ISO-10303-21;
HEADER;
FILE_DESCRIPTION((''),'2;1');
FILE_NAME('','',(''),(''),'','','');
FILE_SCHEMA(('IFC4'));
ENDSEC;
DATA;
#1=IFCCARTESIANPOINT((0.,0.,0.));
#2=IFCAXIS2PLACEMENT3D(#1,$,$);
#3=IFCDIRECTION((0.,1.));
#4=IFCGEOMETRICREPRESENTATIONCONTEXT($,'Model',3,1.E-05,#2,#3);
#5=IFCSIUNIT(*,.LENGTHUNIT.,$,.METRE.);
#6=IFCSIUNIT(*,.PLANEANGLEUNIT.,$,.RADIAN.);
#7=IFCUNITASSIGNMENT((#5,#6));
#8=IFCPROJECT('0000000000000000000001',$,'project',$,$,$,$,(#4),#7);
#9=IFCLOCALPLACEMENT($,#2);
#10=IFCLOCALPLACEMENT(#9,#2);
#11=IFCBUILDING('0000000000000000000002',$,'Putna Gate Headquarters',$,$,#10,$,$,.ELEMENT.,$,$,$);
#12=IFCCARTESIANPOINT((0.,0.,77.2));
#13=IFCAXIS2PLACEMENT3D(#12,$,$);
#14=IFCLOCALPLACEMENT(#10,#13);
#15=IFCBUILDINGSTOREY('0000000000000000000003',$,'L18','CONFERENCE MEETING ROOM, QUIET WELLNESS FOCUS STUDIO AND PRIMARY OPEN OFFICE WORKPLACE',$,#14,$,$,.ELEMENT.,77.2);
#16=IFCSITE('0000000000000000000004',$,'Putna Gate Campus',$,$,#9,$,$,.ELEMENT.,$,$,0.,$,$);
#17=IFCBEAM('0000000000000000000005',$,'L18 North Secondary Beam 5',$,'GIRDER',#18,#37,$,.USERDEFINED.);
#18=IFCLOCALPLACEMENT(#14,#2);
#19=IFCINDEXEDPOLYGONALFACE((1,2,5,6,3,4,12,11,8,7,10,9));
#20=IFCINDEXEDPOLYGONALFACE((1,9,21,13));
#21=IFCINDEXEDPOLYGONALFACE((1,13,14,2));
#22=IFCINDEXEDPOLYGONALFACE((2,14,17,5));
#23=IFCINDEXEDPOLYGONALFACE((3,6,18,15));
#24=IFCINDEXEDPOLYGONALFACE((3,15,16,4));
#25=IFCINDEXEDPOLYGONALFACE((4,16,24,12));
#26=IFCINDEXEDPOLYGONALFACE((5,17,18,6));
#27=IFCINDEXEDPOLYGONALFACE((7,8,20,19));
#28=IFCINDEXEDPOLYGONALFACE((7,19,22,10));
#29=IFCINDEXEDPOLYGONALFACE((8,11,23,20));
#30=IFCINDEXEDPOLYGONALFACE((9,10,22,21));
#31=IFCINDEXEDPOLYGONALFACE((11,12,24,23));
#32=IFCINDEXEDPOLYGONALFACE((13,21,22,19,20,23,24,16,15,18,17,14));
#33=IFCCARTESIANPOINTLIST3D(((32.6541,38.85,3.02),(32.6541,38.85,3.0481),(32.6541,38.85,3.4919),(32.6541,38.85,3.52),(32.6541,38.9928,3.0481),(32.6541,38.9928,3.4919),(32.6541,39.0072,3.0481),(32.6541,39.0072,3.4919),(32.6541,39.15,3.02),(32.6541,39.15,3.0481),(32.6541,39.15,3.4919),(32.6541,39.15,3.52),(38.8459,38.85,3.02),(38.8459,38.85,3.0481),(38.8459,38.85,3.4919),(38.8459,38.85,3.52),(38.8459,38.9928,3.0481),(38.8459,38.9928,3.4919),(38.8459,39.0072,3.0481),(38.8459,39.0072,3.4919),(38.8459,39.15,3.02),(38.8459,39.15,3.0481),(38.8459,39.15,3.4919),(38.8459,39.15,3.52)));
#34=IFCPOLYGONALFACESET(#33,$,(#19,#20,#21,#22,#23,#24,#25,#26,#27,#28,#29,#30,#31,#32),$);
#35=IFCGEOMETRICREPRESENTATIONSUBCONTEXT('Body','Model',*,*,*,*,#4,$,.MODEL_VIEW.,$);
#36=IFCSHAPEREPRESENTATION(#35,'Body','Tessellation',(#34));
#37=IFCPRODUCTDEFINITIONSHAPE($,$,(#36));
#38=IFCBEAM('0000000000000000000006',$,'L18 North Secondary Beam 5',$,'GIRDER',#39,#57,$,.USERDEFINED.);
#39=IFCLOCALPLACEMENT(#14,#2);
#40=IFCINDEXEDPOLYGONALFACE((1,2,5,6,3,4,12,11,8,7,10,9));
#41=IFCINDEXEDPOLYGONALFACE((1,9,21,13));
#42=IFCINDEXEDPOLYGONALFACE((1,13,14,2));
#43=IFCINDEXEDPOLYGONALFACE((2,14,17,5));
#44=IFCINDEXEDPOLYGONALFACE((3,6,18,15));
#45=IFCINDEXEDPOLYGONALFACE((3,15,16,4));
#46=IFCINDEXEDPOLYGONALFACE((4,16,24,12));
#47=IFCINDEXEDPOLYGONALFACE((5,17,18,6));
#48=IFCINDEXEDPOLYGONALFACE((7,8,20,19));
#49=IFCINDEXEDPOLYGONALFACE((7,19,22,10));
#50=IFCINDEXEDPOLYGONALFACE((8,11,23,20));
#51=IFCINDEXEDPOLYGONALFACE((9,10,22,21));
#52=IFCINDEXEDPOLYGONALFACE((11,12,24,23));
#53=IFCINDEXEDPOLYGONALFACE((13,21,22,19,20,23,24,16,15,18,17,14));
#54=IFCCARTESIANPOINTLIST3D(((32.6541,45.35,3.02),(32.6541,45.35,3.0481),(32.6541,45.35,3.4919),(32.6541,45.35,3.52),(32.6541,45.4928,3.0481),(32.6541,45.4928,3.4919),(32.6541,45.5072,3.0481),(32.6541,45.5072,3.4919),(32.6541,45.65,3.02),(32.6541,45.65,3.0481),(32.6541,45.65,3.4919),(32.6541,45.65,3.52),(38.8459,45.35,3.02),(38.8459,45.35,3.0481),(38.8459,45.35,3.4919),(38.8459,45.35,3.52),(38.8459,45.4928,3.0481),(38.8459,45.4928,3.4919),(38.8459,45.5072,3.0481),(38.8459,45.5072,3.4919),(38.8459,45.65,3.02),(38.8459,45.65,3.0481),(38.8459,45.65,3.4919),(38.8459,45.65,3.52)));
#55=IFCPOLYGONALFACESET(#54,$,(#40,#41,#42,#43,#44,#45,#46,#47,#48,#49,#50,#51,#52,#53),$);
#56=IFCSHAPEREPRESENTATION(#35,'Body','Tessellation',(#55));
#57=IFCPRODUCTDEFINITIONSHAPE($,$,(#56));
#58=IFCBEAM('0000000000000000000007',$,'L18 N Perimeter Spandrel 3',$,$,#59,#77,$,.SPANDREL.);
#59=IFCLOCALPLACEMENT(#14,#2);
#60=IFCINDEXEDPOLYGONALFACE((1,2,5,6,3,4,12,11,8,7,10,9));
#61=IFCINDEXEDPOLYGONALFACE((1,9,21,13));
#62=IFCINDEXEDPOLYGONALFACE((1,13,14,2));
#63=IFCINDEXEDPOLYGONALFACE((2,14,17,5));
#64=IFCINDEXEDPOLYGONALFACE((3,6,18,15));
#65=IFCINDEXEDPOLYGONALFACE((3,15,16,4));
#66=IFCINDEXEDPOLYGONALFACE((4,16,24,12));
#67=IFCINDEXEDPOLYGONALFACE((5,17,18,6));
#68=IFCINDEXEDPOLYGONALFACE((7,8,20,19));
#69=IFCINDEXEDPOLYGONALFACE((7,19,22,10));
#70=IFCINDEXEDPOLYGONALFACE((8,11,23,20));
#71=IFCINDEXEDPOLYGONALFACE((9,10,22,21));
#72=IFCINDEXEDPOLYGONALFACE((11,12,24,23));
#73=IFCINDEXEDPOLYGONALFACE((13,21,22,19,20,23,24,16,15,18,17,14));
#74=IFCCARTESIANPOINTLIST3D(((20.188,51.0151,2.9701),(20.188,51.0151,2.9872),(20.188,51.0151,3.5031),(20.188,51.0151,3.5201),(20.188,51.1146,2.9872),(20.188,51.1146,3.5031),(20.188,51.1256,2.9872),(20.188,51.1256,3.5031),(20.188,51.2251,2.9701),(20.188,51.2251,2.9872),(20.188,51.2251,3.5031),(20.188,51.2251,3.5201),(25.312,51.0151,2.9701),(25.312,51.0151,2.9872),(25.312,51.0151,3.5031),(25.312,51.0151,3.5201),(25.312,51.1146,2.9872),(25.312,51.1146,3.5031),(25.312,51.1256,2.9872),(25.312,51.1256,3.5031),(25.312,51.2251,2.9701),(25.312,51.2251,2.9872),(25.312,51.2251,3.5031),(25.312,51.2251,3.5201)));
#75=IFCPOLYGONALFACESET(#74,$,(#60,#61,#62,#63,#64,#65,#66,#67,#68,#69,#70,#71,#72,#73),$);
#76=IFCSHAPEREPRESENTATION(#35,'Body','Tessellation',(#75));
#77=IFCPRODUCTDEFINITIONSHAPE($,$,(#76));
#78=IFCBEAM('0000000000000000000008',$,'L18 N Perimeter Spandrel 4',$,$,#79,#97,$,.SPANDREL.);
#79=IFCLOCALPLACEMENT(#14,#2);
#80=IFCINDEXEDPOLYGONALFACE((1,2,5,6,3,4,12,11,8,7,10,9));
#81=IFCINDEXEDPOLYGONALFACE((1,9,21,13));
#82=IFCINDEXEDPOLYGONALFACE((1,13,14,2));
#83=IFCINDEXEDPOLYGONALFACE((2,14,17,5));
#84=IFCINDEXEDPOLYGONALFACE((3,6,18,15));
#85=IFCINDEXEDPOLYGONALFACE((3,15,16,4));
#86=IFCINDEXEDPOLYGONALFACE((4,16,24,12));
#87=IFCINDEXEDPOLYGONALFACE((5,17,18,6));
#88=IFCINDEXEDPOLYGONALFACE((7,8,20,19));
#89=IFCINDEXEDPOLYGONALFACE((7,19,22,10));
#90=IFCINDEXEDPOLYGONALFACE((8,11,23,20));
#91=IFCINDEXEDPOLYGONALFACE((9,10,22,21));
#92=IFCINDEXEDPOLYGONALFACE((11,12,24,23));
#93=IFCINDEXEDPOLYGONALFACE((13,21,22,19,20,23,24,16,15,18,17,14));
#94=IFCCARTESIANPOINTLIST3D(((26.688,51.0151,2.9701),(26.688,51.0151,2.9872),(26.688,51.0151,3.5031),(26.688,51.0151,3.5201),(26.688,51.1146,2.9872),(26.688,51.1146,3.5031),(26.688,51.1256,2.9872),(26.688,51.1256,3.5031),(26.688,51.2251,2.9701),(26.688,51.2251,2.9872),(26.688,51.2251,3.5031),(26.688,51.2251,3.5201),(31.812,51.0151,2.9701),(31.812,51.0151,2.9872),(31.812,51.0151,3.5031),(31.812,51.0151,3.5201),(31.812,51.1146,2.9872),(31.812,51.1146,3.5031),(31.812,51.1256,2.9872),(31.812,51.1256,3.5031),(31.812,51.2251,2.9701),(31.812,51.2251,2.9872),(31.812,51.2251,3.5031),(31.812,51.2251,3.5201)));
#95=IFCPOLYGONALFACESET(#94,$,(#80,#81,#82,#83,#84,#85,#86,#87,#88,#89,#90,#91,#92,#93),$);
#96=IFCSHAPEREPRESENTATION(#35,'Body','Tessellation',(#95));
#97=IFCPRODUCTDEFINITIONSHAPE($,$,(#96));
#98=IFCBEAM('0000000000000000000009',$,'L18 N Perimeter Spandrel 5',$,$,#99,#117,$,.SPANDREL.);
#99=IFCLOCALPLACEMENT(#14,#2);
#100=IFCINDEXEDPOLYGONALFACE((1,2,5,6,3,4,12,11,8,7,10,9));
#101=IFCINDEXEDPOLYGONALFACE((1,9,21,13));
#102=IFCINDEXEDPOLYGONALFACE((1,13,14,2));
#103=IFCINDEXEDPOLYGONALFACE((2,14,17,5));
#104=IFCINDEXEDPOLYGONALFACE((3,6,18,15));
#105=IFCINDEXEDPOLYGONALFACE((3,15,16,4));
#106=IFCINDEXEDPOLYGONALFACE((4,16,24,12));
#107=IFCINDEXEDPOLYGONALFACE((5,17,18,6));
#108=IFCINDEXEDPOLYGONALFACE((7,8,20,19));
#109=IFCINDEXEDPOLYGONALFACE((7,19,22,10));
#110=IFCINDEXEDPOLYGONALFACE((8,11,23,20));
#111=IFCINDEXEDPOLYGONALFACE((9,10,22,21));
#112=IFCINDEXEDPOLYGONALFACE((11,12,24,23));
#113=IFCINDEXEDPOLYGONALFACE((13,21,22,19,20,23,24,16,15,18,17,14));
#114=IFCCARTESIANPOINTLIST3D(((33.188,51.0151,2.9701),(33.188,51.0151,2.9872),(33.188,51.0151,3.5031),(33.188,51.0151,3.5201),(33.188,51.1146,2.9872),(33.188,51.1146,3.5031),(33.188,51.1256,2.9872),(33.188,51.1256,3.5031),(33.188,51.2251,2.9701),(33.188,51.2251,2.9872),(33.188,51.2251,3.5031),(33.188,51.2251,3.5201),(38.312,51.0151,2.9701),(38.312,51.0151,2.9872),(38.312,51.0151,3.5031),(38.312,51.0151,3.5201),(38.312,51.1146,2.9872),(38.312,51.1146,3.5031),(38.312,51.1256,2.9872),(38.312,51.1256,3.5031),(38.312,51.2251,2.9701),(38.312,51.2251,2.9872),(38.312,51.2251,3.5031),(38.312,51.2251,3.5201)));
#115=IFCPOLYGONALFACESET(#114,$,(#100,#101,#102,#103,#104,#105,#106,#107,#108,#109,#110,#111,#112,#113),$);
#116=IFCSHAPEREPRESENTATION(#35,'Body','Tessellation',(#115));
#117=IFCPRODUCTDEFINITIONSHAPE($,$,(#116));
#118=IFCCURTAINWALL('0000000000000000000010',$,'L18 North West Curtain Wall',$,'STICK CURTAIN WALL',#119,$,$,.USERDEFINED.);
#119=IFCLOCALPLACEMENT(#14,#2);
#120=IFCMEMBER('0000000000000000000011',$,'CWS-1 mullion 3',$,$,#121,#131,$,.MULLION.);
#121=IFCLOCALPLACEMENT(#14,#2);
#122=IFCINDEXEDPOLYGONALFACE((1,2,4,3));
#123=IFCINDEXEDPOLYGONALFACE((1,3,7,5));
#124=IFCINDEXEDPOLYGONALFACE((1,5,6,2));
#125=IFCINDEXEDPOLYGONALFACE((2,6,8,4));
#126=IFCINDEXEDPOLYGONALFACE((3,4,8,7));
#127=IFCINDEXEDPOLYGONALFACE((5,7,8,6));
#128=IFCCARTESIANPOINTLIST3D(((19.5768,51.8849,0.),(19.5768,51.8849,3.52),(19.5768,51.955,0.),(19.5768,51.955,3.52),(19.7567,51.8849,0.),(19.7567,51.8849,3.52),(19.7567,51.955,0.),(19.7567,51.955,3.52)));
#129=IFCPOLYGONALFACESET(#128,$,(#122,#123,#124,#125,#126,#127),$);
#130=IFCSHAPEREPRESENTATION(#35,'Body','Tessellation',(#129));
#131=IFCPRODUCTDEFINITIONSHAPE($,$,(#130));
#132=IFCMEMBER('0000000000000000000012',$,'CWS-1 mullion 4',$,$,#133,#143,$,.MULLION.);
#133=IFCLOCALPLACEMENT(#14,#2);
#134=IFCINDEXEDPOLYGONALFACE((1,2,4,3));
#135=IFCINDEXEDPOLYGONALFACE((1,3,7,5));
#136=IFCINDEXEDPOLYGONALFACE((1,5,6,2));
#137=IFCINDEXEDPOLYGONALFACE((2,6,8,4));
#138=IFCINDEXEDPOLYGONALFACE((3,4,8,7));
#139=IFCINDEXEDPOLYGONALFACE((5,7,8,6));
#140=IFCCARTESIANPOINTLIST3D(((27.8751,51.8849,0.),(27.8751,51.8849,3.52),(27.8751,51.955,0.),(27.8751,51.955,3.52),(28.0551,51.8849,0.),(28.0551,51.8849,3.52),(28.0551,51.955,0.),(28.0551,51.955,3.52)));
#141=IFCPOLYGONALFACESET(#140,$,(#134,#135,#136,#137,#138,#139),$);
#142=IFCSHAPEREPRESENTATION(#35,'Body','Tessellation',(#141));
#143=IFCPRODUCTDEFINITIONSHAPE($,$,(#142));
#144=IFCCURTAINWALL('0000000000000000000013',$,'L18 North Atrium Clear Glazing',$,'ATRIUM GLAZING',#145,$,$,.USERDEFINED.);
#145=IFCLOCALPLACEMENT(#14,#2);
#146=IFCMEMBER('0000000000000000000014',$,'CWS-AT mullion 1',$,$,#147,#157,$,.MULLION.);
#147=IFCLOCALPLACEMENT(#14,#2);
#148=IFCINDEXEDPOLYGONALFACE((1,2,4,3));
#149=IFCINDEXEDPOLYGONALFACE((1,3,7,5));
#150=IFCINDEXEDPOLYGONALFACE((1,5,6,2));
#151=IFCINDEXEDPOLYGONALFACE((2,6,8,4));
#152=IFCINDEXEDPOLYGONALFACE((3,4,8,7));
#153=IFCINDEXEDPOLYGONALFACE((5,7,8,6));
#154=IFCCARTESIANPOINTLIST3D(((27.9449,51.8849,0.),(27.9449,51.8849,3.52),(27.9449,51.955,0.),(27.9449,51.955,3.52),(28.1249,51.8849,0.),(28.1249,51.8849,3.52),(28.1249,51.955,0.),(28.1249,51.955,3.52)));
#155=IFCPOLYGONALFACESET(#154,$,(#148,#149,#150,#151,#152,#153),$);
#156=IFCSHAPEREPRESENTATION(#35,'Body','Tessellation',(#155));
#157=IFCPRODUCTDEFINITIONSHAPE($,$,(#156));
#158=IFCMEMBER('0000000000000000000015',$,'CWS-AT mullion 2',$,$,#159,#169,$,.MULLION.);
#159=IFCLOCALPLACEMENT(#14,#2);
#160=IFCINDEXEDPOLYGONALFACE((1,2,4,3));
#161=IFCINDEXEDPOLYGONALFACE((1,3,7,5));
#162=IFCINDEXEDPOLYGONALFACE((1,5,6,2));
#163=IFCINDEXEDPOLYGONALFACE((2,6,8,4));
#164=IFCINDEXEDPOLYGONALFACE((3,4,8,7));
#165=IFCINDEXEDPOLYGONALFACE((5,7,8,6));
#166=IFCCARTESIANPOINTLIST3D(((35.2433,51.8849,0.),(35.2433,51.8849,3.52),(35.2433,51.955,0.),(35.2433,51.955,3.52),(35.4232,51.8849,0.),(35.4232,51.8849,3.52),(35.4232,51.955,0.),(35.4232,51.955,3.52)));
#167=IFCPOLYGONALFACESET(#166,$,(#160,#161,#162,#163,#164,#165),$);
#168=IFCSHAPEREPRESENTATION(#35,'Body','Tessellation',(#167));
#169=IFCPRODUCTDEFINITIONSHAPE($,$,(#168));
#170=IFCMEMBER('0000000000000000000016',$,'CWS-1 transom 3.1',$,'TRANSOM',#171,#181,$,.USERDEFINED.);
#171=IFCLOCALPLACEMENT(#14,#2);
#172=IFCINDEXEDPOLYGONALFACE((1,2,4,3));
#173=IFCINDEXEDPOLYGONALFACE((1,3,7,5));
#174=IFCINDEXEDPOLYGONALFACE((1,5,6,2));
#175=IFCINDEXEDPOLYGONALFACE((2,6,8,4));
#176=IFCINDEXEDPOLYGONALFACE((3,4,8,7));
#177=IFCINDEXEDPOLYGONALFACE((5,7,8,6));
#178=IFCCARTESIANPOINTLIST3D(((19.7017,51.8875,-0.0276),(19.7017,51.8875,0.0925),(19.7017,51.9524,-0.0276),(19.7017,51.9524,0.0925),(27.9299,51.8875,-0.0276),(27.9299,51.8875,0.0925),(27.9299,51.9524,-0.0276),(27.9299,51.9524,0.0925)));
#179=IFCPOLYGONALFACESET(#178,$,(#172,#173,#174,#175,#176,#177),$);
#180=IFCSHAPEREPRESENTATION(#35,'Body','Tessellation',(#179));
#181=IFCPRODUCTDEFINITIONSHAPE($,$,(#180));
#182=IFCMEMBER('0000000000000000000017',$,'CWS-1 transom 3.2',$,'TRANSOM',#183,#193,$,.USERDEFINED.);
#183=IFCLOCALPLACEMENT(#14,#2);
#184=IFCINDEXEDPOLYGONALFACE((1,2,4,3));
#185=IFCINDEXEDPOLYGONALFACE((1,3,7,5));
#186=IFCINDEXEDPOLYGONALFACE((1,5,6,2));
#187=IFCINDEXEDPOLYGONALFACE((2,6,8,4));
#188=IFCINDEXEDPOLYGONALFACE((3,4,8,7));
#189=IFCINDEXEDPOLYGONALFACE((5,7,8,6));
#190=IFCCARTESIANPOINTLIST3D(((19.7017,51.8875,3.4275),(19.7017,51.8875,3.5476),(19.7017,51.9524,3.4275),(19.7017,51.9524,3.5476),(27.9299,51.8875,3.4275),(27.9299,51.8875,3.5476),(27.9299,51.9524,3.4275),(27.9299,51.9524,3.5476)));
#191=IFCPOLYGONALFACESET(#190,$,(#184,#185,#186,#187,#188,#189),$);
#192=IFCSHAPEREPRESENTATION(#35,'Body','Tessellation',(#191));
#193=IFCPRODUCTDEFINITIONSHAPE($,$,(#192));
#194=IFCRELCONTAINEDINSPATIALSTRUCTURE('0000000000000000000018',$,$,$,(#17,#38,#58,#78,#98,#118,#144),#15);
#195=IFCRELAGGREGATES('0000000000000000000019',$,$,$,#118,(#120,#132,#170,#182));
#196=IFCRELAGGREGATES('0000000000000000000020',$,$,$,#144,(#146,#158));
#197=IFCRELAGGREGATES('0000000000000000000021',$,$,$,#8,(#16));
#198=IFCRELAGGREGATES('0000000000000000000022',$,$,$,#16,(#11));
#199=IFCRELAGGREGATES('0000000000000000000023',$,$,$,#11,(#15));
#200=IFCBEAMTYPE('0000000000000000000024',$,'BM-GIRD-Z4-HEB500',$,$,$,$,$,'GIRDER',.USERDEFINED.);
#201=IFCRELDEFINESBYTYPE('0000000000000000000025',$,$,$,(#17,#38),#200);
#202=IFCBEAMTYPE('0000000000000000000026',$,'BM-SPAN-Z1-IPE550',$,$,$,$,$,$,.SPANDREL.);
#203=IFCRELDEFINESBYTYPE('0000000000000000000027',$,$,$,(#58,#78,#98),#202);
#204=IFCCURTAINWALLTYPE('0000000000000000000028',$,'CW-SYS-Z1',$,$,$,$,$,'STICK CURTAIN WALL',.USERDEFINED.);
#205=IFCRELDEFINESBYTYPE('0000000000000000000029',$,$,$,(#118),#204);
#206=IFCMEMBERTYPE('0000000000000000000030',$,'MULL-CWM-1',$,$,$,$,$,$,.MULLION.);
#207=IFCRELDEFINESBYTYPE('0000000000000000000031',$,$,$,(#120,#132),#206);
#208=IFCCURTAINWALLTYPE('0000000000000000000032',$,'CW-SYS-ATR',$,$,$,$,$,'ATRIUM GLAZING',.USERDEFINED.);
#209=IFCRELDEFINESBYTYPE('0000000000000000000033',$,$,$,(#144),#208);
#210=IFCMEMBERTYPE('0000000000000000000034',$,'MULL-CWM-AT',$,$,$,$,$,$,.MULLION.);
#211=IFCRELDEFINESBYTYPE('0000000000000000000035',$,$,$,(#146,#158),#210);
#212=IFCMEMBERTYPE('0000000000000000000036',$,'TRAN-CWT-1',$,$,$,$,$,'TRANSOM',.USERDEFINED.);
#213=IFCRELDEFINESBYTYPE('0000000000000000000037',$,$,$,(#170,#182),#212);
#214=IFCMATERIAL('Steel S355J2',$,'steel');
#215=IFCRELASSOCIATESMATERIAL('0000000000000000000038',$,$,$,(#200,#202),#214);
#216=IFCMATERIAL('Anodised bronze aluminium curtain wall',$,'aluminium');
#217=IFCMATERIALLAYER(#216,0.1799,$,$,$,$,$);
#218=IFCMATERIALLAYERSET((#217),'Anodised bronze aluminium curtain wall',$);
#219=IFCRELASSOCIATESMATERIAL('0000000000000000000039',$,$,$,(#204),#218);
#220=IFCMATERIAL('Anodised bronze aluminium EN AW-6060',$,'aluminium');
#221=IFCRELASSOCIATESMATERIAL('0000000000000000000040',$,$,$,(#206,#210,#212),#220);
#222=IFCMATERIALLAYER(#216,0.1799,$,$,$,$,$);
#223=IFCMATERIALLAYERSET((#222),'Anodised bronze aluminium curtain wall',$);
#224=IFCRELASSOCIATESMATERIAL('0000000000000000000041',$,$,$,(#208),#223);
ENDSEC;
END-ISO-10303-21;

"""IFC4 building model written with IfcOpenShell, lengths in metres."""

from ifc_helpers import new_model, si_unit, direction, frame, origin, origin_2d, place, context, subcontext, project, spatial, rectangle, i_section, extrude, material, layer, layer_set, material_profile, profile_set, type_object, element, aggregate, save


model = new_model("IFC4")

# Units and contexts
model_context = context("Model", 3, precision=1e-05, world=origin(), true_north=direction((0.0, 1.0)))
body_context = subcontext(model_context, "Body", "Model", "MODEL_VIEW")
ifc_project = project(units=[si_unit("LENGTHUNIT", "METRE"), si_unit("PLANEANGLEUNIT", "RADIAN")], contexts=[model_context])

# Site, building, storey
site_placement = place(None, origin())
site = spatial("IfcSite", under=ifc_project, at=site_placement, Name="Putna Gate Campus", CompositionType="ELEMENT", RefElevation=0.0)
building_placement = place(site_placement, origin())
building = spatial("IfcBuilding", under=site, at=building_placement, Name="Putna Gate Headquarters", CompositionType="ELEMENT")
storey_placement = place(building_placement, frame((0.0, 0.0, 77.2)))
storey = spatial("IfcBuildingStorey", under=building, at=storey_placement, Name="L18", Description="CONFERENCE MEETING ROOM, QUIET WELLNESS FOCUS STUDIO AND PRIMARY OPEN OFFICE WORKPLACE", CompositionType="ELEMENT", Elevation=77.2)

# Beams
ifc_material_1 = material(Name="Steel S355J2", Category="steel")
ifc_material_profile_1 = material_profile(ifc_material_1, i_section(OverallWidth=0.3, OverallDepth=0.5, WebThickness=0.0144, FlangeThickness=0.0281, at=origin_2d()), Name="Steel S355J2")
ifc_profile_set_1 = profile_set([ifc_material_profile_1], Name="Steel S355J2")
beam_type_1 = type_object("IfcBeamType", Name="BM-GIRD-Z4-HEB500", ElementType="GIRDER", PredefinedType="USERDEFINED", material=ifc_profile_set_1)
for number, where, z_axis, x_axis, name in (
    (1, (32.6541, 39.0, 3.27), (1.0, 0.0, 0.0), (0.0, 1.0, 0.0), "L18 North Secondary Beam 5"),
    (2, (32.6541, 45.5, 3.27), (1.0, 0.0, 0.0), (0.0, 1.0, 0.0), "L18 North Secondary Beam 5"),
):
    element("IfcBeam", number, at=place(storey_placement, frame(where, z_axis=z_axis, x_axis=x_axis)), inside=storey, type_object=beam_type_1, Name=name, ObjectType="GIRDER", PredefinedType="USERDEFINED", context=body_context, shape_type="SweptSolid", body=[
        extrude(i_section(OverallWidth=0.3, OverallDepth=0.5, WebThickness=0.0144, FlangeThickness=0.0281, at=origin_2d()), origin(), (0.0, 0.0, 1.0), 6.1919),
    ])
ifc_material_profile_2 = material_profile(ifc_material_1, i_section(OverallWidth=0.21, OverallDepth=0.55, WebThickness=0.011, FlangeThickness=0.0171, at=origin_2d()), Name="Steel S355J2")
ifc_profile_set_2 = profile_set([ifc_material_profile_2], Name="Steel S355J2")
beam_type_2 = type_object("IfcBeamType", Name="BM-SPAN-Z1-IPE550", PredefinedType="SPANDREL", material=ifc_profile_set_2)
for number, where, z_axis, x_axis, name in (
    (3, (20.188, 51.1201, 3.2451), (1.0, 0.0, 0.0), (0.0, 1.0, 0.0), "L18 N Perimeter Spandrel 3"),
    (4, (26.688, 51.1201, 3.2451), (1.0, 0.0, 0.0), (0.0, 1.0, 0.0), "L18 N Perimeter Spandrel 4"),
    (5, (33.188, 51.1201, 3.2451), (1.0, 0.0, 0.0), (0.0, 1.0, 0.0), "L18 N Perimeter Spandrel 5"),
):
    element("IfcBeam", number, at=place(storey_placement, frame(where, z_axis=z_axis, x_axis=x_axis)), inside=storey, type_object=beam_type_2, Name=name, PredefinedType="SPANDREL", context=body_context, shape_type="SweptSolid", body=[
        extrude(i_section(OverallWidth=0.21, OverallDepth=0.55, WebThickness=0.011, FlangeThickness=0.0171, at=origin_2d()), origin(), (0.0, 0.0, 1.0), 5.124),
    ])

# Curtain walls, members
ifc_material_2 = material(Name="Anodised bronze aluminium curtain wall", Category="aluminium")
ifc_layer_1 = layer(ifc_material_2, 0.1799)
ifc_layer_set_1 = layer_set([ifc_layer_1], Name="Anodised bronze aluminium curtain wall")
curtain_wall_type_1 = type_object("IfcCurtainWallType", Name="CW-SYS-Z1", ElementType="STICK CURTAIN WALL", PredefinedType="USERDEFINED", material=ifc_layer_set_1)
curtain_wall_1_placement = place(storey_placement, origin())
curtain_wall_1 = element("IfcCurtainWall", 6, at=curtain_wall_1_placement, inside=storey, type_object=curtain_wall_type_1, Name="L18 North West Curtain Wall", ObjectType="STICK CURTAIN WALL", PredefinedType="USERDEFINED")
ifc_material_3 = material(Name="Anodised bronze aluminium EN AW-6060", Category="aluminium")
ifc_material_profile_3 = material_profile(ifc_material_3, rectangle(XDim=0.0701, YDim=0.1799, at=origin_2d()), Name="Anodised bronze aluminium EN AW-6060")
ifc_profile_set_3 = profile_set([ifc_material_profile_3], Name="Anodised bronze aluminium EN AW-6060")
member_type_1 = type_object("IfcMemberType", Name="MULL-CWM-1", PredefinedType="MULLION", material=ifc_profile_set_3)
member_1_placement = place(storey_placement, frame((19.6667, 51.9199, 0.0), z_axis=(0.0, 0.0, 1.0), x_axis=(0.0, 1.0, 0.0)))
member_1 = element("IfcMember", 7, at=member_1_placement, type_object=member_type_1, Name="CWS-1 mullion 3", PredefinedType="MULLION", context=body_context, shape_type="SweptSolid", body=[
    extrude(rectangle(XDim=0.0701, YDim=0.1799, at=origin_2d()), origin(), (0.0, 0.0, 1.0), 3.52),
])
member_2_placement = place(storey_placement, frame((27.9651, 51.9199, 0.0), z_axis=(0.0, 0.0, 1.0), x_axis=(0.0, 1.0, 0.0)))
member_2 = element("IfcMember", 8, at=member_2_placement, type_object=member_type_1, Name="CWS-1 mullion 4", PredefinedType="MULLION", context=body_context, shape_type="SweptSolid", body=[
    extrude(rectangle(XDim=0.0701, YDim=0.1799, at=origin_2d()), origin(), (0.0, 0.0, 1.0), 3.52),
])
ifc_layer_2 = layer(ifc_material_2, 0.1799)
ifc_layer_set_2 = layer_set([ifc_layer_2], Name="Anodised bronze aluminium curtain wall")
curtain_wall_type_2 = type_object("IfcCurtainWallType", Name="CW-SYS-ATR", ElementType="ATRIUM GLAZING", PredefinedType="USERDEFINED", material=ifc_layer_set_2)
curtain_wall_2_placement = place(storey_placement, origin())
curtain_wall_2 = element("IfcCurtainWall", 9, at=curtain_wall_2_placement, inside=storey, type_object=curtain_wall_type_2, Name="L18 North Atrium Clear Glazing", ObjectType="ATRIUM GLAZING", PredefinedType="USERDEFINED")
ifc_material_profile_4 = material_profile(ifc_material_3, rectangle(XDim=0.0701, YDim=0.1799, at=origin_2d()), Name="Anodised bronze aluminium EN AW-6060")
ifc_profile_set_4 = profile_set([ifc_material_profile_4], Name="Anodised bronze aluminium EN AW-6060")
member_type_2 = type_object("IfcMemberType", Name="MULL-CWM-AT", PredefinedType="MULLION", material=ifc_profile_set_4)
member_3_placement = place(storey_placement, frame((28.0349, 51.9199, 0.0), z_axis=(0.0, 0.0, 1.0), x_axis=(0.0, 1.0, 0.0)))
member_3 = element("IfcMember", 10, at=member_3_placement, type_object=member_type_2, Name="CWS-AT mullion 1", PredefinedType="MULLION", context=body_context, shape_type="SweptSolid", body=[
    extrude(rectangle(XDim=0.0701, YDim=0.1799, at=origin_2d()), origin(), (0.0, 0.0, 1.0), 3.52),
])
member_4_placement = place(storey_placement, frame((35.3333, 51.9199, 0.0), z_axis=(0.0, 0.0, 1.0), x_axis=(0.0, 1.0, 0.0)))
member_4 = element("IfcMember", 11, at=member_4_placement, type_object=member_type_2, Name="CWS-AT mullion 2", PredefinedType="MULLION", context=body_context, shape_type="SweptSolid", body=[
    extrude(rectangle(XDim=0.0701, YDim=0.1799, at=origin_2d()), origin(), (0.0, 0.0, 1.0), 3.52),
])

# Members
ifc_material_profile_5 = material_profile(ifc_material_3, rectangle(XDim=0.0649, YDim=0.1201, at=origin_2d()), Name="Anodised bronze aluminium EN AW-6060")
ifc_profile_set_5 = profile_set([ifc_material_profile_5], Name="Anodised bronze aluminium EN AW-6060")
member_type_3 = type_object("IfcMemberType", Name="TRAN-CWT-1", ElementType="TRANSOM", PredefinedType="USERDEFINED", material=ifc_profile_set_5)
member_5_placement = place(storey_placement, frame((19.7017, 51.9199, 0.0325), z_axis=(1.0, 0.0, 0.0), x_axis=(0.0, 1.0, 0.0)))
member_5 = element("IfcMember", 12, at=member_5_placement, type_object=member_type_3, Name="CWS-1 transom 3.1", ObjectType="TRANSOM", PredefinedType="USERDEFINED", context=body_context, shape_type="SweptSolid", body=[
    extrude(rectangle(XDim=0.0649, YDim=0.1201, at=origin_2d()), origin(), (0.0, 0.0, 1.0), 8.2283),
])
member_6_placement = place(storey_placement, frame((19.7017, 51.9199, 3.4875), z_axis=(1.0, 0.0, 0.0), x_axis=(0.0, 1.0, 0.0)))
member_6 = element("IfcMember", 13, at=member_6_placement, type_object=member_type_3, Name="CWS-1 transom 3.2", ObjectType="TRANSOM", PredefinedType="USERDEFINED", context=body_context, shape_type="SweptSolid", body=[
    extrude(rectangle(XDim=0.0649, YDim=0.1201, at=origin_2d()), origin(), (0.0, 0.0, 1.0), 8.2283),
])

aggregate(curtain_wall_1, [member_1, member_2, member_5, member_6])
aggregate(curtain_wall_2, [member_3, member_4])

save(model, "model.ifc")
